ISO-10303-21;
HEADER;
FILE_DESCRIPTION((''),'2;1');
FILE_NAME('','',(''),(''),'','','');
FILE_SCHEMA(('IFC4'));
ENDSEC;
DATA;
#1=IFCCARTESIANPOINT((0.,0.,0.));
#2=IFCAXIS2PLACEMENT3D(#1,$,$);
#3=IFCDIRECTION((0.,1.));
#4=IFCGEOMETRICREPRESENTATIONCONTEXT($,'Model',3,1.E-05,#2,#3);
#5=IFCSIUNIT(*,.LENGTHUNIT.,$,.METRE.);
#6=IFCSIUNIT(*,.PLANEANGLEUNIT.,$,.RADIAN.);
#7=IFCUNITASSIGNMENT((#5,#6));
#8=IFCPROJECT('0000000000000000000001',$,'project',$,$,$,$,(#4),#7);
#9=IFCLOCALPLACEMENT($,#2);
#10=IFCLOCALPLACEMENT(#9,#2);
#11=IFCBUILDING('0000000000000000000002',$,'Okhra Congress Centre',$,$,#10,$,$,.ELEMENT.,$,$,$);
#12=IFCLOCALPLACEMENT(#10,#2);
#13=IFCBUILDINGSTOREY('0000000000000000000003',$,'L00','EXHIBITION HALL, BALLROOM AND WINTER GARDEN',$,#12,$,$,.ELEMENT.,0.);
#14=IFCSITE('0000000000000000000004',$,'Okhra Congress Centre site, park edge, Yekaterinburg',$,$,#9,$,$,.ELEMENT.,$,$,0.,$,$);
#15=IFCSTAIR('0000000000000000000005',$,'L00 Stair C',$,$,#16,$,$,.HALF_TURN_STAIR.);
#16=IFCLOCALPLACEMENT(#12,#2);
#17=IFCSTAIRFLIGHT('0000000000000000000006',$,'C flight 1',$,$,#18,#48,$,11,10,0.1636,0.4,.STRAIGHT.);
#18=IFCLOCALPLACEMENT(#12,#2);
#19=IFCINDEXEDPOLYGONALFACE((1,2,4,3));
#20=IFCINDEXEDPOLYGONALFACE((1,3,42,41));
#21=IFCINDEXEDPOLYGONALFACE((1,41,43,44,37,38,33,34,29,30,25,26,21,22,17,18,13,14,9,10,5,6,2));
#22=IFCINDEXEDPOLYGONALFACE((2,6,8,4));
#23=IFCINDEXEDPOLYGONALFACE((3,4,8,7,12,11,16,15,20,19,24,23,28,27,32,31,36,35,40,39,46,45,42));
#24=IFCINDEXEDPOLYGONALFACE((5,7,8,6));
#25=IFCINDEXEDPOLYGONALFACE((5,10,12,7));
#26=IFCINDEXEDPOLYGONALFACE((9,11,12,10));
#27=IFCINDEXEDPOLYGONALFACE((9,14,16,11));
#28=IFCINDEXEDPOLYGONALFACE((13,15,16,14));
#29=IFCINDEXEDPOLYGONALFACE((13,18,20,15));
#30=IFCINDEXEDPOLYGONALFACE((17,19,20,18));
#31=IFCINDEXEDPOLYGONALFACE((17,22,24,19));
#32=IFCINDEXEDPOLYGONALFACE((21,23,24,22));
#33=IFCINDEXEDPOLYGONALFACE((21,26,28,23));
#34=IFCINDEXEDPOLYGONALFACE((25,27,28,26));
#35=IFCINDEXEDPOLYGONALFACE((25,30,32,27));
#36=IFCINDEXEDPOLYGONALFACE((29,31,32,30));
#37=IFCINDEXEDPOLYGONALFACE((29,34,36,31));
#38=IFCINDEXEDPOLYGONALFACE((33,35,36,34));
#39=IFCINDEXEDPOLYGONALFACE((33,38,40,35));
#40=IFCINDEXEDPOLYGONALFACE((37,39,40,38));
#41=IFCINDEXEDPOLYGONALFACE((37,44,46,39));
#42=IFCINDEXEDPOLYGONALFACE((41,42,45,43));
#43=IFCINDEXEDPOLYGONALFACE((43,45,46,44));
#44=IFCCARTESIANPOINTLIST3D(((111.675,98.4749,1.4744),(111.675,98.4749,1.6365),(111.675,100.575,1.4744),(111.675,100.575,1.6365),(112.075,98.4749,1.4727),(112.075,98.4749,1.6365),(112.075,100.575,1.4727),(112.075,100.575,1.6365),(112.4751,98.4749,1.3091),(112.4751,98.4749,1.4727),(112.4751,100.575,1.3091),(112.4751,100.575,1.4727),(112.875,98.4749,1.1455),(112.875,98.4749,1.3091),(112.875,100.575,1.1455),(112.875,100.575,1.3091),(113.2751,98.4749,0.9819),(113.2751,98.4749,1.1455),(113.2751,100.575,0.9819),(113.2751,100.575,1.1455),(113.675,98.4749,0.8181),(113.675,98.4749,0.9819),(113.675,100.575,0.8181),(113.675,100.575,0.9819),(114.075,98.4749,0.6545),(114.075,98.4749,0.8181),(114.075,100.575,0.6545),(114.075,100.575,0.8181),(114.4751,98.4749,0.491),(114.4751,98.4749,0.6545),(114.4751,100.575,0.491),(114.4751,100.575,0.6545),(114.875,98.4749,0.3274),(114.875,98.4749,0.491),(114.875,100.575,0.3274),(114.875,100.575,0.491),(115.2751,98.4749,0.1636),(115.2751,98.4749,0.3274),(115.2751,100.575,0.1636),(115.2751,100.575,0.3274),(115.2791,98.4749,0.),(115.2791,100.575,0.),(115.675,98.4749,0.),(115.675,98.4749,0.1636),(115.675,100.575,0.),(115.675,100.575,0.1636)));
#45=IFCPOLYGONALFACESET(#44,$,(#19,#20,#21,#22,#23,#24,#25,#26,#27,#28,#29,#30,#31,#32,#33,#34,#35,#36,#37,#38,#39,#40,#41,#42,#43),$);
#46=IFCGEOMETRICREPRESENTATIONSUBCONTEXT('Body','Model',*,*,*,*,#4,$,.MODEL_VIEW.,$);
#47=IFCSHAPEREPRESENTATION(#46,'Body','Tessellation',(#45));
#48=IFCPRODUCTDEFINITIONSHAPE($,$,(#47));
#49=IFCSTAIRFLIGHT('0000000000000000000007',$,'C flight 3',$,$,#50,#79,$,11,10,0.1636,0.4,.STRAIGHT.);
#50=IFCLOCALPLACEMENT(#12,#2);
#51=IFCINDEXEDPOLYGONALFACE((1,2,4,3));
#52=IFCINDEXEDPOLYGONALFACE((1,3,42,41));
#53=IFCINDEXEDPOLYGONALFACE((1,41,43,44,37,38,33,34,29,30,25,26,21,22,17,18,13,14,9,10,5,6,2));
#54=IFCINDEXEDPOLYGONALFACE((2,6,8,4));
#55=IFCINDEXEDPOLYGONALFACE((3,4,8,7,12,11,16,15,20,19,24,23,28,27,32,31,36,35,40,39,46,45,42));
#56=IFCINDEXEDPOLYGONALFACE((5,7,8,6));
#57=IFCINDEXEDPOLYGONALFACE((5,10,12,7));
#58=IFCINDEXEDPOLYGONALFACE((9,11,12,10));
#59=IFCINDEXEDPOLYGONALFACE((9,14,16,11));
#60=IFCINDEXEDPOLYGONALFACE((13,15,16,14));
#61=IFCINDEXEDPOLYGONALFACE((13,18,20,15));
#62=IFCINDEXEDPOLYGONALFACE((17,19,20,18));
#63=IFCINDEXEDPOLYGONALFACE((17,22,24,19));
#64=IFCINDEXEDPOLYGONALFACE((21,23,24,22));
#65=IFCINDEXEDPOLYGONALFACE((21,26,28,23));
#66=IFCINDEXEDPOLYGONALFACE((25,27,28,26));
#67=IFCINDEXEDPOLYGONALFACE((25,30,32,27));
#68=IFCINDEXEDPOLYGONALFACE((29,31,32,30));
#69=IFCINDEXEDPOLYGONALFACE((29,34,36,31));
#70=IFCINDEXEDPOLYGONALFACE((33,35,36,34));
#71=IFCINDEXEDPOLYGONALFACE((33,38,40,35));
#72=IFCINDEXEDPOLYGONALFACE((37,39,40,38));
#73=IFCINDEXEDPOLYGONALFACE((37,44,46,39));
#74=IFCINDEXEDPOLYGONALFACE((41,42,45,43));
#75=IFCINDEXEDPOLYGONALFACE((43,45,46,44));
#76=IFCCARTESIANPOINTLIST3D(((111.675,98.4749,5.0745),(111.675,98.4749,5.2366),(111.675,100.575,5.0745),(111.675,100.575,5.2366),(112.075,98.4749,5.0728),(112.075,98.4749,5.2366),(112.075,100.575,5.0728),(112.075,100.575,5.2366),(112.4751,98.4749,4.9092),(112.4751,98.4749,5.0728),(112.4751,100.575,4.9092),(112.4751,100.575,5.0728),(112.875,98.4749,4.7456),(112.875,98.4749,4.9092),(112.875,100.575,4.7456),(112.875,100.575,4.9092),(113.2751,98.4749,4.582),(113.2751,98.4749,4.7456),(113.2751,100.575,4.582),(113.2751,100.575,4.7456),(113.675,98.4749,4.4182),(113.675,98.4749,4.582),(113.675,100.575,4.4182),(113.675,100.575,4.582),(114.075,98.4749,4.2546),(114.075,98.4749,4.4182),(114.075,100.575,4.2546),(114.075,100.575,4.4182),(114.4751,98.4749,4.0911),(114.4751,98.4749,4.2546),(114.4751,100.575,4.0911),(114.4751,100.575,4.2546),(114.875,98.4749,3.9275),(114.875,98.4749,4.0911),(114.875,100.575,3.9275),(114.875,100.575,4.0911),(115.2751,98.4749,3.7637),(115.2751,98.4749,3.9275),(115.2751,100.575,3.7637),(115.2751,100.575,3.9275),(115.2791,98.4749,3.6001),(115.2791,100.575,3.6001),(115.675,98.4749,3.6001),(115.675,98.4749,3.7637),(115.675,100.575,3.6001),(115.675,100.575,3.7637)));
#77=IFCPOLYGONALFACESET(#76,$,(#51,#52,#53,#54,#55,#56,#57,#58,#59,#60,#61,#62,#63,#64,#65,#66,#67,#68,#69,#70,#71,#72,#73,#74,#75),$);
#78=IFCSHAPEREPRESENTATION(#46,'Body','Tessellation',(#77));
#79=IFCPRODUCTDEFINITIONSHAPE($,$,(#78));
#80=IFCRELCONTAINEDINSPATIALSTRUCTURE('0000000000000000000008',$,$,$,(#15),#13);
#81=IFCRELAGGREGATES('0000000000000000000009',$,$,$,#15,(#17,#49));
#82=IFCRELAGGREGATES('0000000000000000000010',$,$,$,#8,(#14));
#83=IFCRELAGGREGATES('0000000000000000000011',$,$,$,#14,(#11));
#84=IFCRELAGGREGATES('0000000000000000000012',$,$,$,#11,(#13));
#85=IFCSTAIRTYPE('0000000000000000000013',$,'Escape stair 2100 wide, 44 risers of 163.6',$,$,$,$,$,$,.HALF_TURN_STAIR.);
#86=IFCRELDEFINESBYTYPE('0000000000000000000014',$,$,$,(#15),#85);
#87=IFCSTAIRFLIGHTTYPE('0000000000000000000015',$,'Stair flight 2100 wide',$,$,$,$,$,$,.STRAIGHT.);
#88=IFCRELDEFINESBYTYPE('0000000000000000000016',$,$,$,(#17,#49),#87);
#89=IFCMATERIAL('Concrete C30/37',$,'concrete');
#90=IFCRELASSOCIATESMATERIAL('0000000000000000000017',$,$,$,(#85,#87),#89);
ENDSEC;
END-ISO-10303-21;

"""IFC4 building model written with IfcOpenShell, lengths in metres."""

from ifc_helpers import new_model, si_unit, direction, frame, origin, place, context, subcontext, project, spatial, polyline, outline, extrude, material, type_object, element, aggregate, save


model = new_model("IFC4")

# Units and contexts
model_context = context("Model", 3, precision=1e-05, world=origin(), true_north=direction((0.0, 1.0)))
body_context = subcontext(model_context, "Body", "Model", "MODEL_VIEW")
ifc_project = project(units=[si_unit("LENGTHUNIT", "METRE"), si_unit("PLANEANGLEUNIT", "RADIAN")], contexts=[model_context])

# Site, building, storey
site_placement = place(None, origin())
site = spatial("IfcSite", under=ifc_project, at=site_placement, Name="Okhra Congress Centre site, park edge, Yekaterinburg", CompositionType="ELEMENT", RefElevation=0.0)
building_placement = place(site_placement, origin())
building = spatial("IfcBuilding", under=site, at=building_placement, Name="Okhra Congress Centre", CompositionType="ELEMENT")
storey_placement = place(building_placement, origin())
storey = spatial("IfcBuildingStorey", under=building, at=storey_placement, Name="L00", Description="EXHIBITION HALL, BALLROOM AND WINTER GARDEN", CompositionType="ELEMENT", Elevation=0.0)

# Shared definitions
ifc_material_1 = material(Name="Concrete C30/37", Category="concrete")

# Stair, stair flights
stair_type = type_object("IfcStairType", Name="Escape stair 2100 wide, 44 risers of 163.6", PredefinedType="HALF_TURN_STAIR", material=ifc_material_1)
stair_placement = place(storey_placement, origin())
stair = element("IfcStair", 1, at=stair_placement, inside=storey, type_object=stair_type, Name="L00 Stair C", PredefinedType="HALF_TURN_STAIR")
stair_flight_type = type_object("IfcStairFlightType", Name="Stair flight 2100 wide", PredefinedType="STRAIGHT", material=ifc_material_1)
stair_flight_1_placement = place(storey_placement, frame((115.675, 99.5249, 0.0), z_axis=(0.0, 0.0, 1.0), x_axis=(-1.0, 0.0, 0.0)))
stair_flight_1 = element("IfcStairFlight", 2, at=stair_flight_1_placement, type_object=stair_flight_type, Name="C flight 1", NumberOfRisers=11, NumberOfTreads=10, PredefinedType="STRAIGHT", RiserHeight=0.1636, TreadLength=0.4, context=body_context, shape_type="SweptSolid", body=[
    extrude(outline(polyline([(0.0, 0.0), (0.0, 0.1636), (0.3999, 0.1636), (0.3999, 0.3274), (0.8, 0.3274), (0.8, 0.491), (1.2, 0.491), (1.2, 0.6545), (1.6001, 0.6545), (1.6001, 0.8181), (2.0, 0.8181), (2.0, 0.9819), (2.3999, 0.9819), (2.3999, 1.1455), (2.8, 1.1455), (2.8, 1.3091), (3.2, 1.3091), (3.2, 1.4727), (3.6001, 1.4727), (3.6001, 1.6365), (4.0, 1.6365), (4.0, 1.8), (4.0, 1.4744), (0.396, 0.0), (0.0, 0.0)])), frame((0.0, 1.05, 0.0), z_axis=(0.0, -1.0, 0.0), x_axis=(1.0, 0.0, 0.0)), (0.0, 0.0, 1.0), 2.1001),
])
stair_flight_2_placement = place(storey_placement, frame((115.675, 99.5249, 3.6001), z_axis=(0.0, 0.0, 1.0), x_axis=(-1.0, 0.0, 0.0)))
stair_flight_2 = element("IfcStairFlight", 3, at=stair_flight_2_placement, type_object=stair_flight_type, Name="C flight 3", NumberOfRisers=11, NumberOfTreads=10, PredefinedType="STRAIGHT", RiserHeight=0.1636, TreadLength=0.4, context=body_context, shape_type="SweptSolid", body=[
    extrude(outline(polyline([(0.0, 0.0), (0.0, 0.1636), (0.3999, 0.1636), (0.3999, 0.3274), (0.8, 0.3274), (0.8, 0.491), (1.2, 0.491), (1.2, 0.6545), (1.6001, 0.6545), (1.6001, 0.8181), (2.0, 0.8181), (2.0, 0.9819), (2.3999, 0.9819), (2.3999, 1.1455), (2.8, 1.1455), (2.8, 1.3091), (3.2, 1.3091), (3.2, 1.4727), (3.6001, 1.4727), (3.6001, 1.6365), (4.0, 1.6365), (4.0, 1.8), (4.0, 1.4744), (0.396, 0.0), (0.0, 0.0)])), frame((0.0, 1.05, 0.0), z_axis=(0.0, -1.0, 0.0), x_axis=(1.0, 0.0, 0.0)), (0.0, 0.0, 1.0), 2.1001),
])
aggregate(stair, [stair_flight_1, stair_flight_2])

save(model, "model.ifc")
